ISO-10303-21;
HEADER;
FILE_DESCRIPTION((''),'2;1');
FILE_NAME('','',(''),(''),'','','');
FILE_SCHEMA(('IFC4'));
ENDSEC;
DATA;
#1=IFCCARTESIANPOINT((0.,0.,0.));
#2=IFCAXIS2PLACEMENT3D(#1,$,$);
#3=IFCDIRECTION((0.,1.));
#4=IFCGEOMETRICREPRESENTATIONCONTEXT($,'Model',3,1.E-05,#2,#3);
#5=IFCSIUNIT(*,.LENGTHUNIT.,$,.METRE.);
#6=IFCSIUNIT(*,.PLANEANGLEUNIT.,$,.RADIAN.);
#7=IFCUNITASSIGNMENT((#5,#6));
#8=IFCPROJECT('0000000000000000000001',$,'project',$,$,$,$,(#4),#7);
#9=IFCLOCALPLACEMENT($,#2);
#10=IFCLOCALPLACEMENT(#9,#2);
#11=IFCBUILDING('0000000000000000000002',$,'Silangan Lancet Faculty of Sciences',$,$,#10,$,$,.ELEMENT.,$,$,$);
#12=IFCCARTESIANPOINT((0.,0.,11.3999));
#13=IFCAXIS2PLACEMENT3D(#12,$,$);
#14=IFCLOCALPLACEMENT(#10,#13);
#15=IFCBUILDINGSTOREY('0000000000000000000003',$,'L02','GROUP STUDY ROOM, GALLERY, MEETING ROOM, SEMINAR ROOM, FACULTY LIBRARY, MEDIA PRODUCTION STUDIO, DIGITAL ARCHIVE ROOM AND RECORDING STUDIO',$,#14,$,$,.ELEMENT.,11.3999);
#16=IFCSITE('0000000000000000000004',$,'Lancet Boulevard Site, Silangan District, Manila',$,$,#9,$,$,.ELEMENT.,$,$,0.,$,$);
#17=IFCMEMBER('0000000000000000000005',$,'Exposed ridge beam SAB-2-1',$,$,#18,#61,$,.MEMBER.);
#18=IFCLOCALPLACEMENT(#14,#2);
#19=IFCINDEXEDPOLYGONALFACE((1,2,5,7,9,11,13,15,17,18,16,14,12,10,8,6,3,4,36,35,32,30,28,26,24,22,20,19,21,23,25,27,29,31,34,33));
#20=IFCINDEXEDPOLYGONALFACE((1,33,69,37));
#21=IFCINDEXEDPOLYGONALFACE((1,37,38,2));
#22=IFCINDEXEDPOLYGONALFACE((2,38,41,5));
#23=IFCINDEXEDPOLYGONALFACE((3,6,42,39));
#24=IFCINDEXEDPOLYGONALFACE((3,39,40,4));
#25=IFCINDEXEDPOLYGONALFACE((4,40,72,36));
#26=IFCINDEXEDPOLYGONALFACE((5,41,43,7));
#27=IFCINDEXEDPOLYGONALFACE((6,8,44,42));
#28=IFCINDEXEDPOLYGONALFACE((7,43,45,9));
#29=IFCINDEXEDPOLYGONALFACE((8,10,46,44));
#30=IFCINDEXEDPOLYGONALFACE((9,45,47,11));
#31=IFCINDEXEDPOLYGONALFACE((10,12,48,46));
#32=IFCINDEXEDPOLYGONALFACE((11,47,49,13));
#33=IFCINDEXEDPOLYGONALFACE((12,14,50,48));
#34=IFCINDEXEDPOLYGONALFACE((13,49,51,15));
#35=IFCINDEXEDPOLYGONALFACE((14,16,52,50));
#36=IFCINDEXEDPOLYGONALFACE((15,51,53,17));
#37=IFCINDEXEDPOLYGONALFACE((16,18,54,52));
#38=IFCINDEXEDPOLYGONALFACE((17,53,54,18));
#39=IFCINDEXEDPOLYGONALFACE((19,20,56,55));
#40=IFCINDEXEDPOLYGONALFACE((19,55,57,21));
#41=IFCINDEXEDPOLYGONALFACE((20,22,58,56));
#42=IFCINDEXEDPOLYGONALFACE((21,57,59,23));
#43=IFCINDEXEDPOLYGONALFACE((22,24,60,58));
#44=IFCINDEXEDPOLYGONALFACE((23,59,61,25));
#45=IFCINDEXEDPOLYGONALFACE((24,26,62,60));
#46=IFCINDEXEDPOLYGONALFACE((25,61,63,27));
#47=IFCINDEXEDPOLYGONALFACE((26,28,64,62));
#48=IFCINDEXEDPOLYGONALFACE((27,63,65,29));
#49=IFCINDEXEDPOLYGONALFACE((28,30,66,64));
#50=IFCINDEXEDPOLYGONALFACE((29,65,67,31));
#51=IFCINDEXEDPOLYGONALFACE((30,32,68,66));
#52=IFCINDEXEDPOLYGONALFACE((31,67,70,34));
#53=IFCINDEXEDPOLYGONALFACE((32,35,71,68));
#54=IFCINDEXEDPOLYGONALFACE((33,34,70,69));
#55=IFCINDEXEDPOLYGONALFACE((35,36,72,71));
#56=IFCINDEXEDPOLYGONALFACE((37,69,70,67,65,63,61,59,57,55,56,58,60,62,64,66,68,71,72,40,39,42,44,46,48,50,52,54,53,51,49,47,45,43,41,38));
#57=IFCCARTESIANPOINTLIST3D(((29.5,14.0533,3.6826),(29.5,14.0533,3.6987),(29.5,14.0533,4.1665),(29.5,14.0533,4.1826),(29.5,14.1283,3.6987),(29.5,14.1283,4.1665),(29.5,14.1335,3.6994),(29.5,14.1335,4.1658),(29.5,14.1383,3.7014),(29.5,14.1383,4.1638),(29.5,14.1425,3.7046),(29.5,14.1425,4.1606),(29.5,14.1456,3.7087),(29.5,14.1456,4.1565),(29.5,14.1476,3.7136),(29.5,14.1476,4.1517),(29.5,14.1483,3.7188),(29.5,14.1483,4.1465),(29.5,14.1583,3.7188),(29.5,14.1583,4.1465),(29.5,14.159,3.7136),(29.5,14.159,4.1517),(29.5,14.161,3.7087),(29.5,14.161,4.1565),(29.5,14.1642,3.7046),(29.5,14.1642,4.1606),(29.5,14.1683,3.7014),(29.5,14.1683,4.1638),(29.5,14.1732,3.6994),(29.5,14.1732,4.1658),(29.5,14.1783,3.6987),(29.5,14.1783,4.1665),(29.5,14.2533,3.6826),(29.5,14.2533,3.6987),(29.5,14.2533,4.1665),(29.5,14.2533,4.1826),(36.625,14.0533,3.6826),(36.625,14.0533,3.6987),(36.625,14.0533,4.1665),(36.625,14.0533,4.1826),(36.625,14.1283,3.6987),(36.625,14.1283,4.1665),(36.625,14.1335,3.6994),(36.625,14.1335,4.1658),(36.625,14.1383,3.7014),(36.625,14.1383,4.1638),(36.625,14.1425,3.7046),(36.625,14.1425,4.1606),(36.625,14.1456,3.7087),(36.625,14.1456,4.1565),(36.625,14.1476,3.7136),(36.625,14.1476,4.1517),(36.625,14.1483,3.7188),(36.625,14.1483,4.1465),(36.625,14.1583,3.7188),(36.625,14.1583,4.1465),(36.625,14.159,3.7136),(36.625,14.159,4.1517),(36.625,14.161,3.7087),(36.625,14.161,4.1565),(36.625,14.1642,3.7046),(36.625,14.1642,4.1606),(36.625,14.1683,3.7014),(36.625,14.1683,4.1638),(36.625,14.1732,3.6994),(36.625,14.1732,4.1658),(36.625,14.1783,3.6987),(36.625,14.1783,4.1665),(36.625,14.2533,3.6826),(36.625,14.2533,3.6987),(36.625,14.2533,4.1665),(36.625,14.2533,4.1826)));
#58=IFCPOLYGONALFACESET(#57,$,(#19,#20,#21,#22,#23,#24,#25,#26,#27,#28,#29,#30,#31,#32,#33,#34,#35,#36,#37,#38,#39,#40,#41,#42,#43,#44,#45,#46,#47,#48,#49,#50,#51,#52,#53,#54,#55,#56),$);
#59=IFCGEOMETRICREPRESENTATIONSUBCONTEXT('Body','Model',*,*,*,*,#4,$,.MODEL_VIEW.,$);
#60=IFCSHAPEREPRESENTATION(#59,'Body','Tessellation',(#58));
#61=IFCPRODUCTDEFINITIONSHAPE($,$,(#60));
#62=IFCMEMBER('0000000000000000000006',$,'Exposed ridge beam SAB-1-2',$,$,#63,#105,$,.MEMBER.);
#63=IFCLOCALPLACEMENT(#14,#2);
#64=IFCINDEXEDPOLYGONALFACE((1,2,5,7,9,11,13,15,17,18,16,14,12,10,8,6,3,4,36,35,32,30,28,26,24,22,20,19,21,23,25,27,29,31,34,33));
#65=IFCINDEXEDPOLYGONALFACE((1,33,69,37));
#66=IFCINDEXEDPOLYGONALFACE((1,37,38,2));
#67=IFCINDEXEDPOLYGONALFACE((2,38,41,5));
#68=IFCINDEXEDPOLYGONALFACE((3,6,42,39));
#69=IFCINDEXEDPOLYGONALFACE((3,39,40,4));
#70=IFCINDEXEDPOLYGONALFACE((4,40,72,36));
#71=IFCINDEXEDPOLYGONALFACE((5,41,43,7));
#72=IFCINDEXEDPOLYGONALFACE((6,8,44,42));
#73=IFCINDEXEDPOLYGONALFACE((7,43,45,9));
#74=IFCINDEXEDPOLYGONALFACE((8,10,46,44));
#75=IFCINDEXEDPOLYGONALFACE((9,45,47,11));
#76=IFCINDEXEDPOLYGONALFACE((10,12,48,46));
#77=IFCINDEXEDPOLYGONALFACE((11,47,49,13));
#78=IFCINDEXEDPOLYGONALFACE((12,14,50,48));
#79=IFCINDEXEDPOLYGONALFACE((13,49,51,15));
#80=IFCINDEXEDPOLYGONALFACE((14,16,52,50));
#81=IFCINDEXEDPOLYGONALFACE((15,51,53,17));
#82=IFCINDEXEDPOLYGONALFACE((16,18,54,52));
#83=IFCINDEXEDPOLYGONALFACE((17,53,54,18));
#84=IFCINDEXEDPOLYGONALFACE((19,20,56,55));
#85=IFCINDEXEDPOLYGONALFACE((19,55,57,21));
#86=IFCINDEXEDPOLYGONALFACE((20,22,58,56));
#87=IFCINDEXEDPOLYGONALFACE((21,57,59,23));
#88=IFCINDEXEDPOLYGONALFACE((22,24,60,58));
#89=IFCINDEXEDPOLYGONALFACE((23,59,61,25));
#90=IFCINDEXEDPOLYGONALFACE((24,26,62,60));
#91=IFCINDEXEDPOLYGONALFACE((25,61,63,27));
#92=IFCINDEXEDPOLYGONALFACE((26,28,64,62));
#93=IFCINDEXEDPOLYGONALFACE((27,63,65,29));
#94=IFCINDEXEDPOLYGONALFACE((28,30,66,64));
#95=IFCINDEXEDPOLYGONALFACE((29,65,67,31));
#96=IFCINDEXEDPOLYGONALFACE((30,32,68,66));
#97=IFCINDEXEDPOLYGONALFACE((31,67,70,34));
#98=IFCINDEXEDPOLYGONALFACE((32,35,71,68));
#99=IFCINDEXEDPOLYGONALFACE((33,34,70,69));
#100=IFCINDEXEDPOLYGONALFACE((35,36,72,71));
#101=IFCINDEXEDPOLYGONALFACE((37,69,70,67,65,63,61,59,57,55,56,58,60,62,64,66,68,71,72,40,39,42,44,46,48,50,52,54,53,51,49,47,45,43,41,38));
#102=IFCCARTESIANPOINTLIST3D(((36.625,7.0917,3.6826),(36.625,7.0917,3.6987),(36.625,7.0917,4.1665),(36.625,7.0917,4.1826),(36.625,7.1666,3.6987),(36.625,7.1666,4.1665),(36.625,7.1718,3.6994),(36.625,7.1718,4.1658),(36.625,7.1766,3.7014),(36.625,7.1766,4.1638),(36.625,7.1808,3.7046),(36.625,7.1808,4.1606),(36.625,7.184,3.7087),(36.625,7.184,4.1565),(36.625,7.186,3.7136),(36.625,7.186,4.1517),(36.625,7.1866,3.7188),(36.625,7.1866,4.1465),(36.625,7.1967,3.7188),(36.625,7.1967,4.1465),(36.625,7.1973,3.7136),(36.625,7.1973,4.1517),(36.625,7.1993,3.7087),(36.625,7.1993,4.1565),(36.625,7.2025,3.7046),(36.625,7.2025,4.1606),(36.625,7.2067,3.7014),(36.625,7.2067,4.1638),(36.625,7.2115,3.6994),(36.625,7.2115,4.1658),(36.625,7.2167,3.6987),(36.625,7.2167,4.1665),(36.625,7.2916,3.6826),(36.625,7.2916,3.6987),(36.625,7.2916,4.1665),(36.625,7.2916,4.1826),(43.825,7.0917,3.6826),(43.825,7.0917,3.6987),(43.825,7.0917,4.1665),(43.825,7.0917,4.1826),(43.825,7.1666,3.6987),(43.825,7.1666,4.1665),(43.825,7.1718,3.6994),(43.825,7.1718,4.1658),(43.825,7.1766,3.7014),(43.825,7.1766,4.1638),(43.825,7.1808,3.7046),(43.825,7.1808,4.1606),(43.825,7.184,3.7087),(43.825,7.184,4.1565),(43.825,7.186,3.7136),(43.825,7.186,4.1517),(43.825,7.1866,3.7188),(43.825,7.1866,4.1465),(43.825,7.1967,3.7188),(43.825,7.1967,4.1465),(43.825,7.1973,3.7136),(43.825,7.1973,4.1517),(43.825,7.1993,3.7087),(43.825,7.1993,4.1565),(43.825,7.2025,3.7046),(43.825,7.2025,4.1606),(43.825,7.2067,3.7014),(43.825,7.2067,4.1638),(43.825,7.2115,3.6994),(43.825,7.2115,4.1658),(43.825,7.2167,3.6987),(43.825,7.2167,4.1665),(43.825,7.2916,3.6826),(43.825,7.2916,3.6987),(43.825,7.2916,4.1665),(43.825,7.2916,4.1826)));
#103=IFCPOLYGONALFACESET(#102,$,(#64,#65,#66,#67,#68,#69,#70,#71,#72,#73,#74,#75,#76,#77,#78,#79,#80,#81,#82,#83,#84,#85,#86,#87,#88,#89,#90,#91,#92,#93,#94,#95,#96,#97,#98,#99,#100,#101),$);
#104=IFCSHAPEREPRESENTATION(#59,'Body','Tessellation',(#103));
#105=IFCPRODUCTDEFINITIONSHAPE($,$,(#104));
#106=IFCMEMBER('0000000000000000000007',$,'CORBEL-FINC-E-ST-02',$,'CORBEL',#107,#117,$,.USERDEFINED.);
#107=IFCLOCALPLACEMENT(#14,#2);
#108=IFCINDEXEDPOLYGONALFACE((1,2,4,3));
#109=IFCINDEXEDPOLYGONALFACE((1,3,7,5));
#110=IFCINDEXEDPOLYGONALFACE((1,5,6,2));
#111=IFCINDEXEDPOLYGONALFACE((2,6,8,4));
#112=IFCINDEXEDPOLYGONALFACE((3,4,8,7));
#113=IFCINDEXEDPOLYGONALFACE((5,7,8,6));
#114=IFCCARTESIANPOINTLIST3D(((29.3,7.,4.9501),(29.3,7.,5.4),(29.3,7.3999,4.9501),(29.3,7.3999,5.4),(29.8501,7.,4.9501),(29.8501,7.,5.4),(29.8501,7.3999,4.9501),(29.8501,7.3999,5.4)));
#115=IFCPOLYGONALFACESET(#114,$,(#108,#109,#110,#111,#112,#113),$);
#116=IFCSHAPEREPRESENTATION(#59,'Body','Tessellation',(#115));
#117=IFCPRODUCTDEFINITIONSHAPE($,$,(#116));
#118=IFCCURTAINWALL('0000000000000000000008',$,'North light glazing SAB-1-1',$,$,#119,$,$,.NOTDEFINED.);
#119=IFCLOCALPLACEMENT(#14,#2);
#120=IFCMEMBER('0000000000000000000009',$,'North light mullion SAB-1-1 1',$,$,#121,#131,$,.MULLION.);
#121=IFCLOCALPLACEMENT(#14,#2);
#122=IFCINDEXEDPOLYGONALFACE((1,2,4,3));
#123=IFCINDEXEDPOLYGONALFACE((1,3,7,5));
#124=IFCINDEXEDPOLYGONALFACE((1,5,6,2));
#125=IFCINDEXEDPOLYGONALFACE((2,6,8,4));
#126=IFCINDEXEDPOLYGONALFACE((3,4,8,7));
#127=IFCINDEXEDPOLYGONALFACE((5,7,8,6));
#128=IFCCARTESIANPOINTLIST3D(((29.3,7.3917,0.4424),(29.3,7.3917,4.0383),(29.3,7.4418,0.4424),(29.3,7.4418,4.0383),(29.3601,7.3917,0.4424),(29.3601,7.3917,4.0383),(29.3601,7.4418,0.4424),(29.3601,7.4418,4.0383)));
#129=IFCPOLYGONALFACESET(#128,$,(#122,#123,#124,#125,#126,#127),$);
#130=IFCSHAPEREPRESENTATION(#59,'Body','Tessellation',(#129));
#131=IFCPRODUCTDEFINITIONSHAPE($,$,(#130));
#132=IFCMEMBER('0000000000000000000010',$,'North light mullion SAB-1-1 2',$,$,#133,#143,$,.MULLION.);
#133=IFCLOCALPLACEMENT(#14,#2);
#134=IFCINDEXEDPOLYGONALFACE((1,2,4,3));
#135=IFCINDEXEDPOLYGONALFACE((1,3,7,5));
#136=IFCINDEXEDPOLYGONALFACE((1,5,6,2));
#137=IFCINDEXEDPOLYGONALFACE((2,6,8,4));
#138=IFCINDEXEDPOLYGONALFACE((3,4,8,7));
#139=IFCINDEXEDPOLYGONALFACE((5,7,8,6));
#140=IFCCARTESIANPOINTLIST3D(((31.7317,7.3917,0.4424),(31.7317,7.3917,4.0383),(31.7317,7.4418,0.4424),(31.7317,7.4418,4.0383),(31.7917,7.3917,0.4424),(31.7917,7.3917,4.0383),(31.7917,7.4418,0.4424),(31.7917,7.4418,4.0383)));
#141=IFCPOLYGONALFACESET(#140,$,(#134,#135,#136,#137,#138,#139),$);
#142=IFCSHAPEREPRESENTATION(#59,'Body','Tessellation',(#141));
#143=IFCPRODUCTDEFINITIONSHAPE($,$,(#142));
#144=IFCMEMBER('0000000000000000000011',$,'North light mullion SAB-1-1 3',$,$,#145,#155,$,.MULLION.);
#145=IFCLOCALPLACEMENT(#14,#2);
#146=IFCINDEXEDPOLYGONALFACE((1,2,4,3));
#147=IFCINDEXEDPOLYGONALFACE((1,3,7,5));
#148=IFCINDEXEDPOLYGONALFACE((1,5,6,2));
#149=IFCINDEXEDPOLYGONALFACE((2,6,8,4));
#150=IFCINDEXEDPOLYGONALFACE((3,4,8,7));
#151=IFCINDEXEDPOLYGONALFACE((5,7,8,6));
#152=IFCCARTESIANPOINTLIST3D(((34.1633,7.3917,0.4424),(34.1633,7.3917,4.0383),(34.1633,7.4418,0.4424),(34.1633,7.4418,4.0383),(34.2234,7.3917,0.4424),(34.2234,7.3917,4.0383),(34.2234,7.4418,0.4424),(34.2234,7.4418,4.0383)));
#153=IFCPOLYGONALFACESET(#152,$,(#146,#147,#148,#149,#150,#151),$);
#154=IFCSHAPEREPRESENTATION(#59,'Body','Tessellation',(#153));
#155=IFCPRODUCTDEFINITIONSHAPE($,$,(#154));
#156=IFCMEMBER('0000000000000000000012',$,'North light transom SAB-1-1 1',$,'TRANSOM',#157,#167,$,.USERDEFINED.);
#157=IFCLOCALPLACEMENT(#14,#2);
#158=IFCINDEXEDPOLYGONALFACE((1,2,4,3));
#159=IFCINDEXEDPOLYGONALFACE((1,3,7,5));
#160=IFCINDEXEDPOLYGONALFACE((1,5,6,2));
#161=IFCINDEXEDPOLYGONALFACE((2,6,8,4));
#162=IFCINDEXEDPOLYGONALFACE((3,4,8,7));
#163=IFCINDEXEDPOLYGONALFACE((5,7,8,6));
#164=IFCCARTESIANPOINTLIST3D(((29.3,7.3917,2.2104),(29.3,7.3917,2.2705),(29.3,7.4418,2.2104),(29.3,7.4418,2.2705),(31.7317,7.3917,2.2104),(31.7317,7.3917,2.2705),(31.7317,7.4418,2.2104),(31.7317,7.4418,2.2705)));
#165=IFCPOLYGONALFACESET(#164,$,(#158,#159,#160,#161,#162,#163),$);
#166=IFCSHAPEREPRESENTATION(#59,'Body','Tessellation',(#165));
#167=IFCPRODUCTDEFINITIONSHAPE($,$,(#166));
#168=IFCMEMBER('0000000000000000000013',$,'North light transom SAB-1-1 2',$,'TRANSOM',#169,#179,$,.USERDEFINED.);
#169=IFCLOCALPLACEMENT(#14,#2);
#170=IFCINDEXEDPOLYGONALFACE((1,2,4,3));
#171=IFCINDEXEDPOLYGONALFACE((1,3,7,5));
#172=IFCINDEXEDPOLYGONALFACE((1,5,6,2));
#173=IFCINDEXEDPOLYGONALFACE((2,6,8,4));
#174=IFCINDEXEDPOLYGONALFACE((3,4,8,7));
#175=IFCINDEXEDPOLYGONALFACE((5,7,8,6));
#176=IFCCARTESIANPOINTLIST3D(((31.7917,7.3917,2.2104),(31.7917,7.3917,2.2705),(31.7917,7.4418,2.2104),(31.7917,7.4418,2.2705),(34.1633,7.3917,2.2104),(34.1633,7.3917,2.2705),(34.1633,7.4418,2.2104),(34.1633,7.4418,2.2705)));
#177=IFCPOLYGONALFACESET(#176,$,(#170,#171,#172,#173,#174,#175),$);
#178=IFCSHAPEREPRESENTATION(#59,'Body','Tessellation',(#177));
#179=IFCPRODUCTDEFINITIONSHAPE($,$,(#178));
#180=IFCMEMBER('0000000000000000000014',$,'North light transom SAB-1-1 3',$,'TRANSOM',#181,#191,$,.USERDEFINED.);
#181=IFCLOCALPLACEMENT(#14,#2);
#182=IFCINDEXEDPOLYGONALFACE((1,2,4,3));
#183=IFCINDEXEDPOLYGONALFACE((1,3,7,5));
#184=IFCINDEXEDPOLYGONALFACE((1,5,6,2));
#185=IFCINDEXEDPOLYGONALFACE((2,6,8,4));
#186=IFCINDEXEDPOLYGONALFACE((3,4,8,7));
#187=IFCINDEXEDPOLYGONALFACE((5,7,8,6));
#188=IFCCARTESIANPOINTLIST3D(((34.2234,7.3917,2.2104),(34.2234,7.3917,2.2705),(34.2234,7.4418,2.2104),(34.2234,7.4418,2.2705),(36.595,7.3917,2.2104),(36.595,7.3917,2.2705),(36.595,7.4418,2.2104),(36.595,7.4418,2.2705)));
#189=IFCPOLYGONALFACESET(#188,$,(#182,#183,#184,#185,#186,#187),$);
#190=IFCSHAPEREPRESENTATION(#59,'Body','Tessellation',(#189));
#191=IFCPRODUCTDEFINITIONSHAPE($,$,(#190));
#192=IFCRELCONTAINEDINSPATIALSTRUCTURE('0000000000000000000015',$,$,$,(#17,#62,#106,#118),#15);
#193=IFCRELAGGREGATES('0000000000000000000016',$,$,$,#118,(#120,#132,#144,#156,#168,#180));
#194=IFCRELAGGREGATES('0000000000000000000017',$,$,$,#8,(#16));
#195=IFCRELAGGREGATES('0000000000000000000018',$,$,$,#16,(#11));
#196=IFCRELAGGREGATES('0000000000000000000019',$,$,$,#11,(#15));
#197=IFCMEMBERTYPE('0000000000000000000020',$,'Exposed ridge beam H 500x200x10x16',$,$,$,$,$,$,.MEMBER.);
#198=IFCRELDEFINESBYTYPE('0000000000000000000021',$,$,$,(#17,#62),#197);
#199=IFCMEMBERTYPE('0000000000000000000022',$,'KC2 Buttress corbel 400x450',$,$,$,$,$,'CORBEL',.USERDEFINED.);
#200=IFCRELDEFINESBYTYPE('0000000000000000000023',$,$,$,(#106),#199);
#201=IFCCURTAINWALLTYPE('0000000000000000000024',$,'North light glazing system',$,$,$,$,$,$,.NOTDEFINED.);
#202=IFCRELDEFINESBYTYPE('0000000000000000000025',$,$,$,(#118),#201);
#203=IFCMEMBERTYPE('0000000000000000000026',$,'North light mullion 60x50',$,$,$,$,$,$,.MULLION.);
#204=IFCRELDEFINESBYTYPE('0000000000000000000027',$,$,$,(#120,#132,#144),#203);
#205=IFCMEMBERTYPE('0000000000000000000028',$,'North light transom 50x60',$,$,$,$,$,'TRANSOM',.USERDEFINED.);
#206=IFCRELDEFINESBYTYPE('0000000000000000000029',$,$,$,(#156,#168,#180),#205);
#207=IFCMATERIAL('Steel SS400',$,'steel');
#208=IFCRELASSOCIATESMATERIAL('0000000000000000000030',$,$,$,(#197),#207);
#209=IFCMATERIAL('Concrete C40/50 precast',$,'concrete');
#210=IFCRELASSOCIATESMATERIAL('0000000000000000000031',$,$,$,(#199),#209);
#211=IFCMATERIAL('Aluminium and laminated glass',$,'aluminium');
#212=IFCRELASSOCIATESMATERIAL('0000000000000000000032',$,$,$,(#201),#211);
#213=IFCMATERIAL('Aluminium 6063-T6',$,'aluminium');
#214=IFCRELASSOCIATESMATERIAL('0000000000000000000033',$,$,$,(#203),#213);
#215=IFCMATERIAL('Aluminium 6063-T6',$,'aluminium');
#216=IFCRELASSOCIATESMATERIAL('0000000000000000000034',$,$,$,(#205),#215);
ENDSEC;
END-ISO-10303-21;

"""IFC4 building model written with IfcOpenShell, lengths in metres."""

from ifc_helpers import new_model, si_unit, direction, frame, origin, origin_2d, place, context, subcontext, project, spatial, rectangle, i_section, extrude, material, material_profile, profile_set, type_object, element, aggregate, save


model = new_model("IFC4")

# Units and contexts
model_context = context("Model", 3, precision=1e-05, world=origin(), true_north=direction((0.0, 1.0)))
body_context = subcontext(model_context, "Body", "Model", "MODEL_VIEW")
ifc_project = project(units=[si_unit("LENGTHUNIT", "METRE"), si_unit("PLANEANGLEUNIT", "RADIAN")], contexts=[model_context])

# Site, building, storey
site_placement = place(None, origin())
site = spatial("IfcSite", under=ifc_project, at=site_placement, Name="Lancet Boulevard Site, Silangan District, Manila", CompositionType="ELEMENT", RefElevation=0.0)
building_placement = place(site_placement, origin())
building = spatial("IfcBuilding", under=site, at=building_placement, Name="Silangan Lancet Faculty of Sciences", CompositionType="ELEMENT")
storey_placement = place(building_placement, frame((0.0, 0.0, 11.3999)))
storey = spatial("IfcBuildingStorey", under=building, at=storey_placement, Name="L02", Description="GROUP STUDY ROOM, GALLERY, MEETING ROOM, SEMINAR ROOM, FACULTY LIBRARY, MEDIA PRODUCTION STUDIO, DIGITAL ARCHIVE ROOM AND RECORDING STUDIO", CompositionType="ELEMENT", Elevation=11.3999)

# Members
ifc_material_1 = material(Name="Steel SS400", Category="steel")
ifc_material_profile_1 = material_profile(ifc_material_1, i_section(OverallWidth=0.2, OverallDepth=0.5, WebThickness=0.01, FlangeThickness=0.0161, FilletRadius=0.02, at=origin_2d()), Name="H 500x200x10x16")
ifc_profile_set_1 = profile_set([ifc_material_profile_1], Name="Steel SS400")
member_type_1 = type_object("IfcMemberType", Name="Exposed ridge beam H 500x200x10x16", PredefinedType="MEMBER", material=ifc_profile_set_1)
member_1_placement = place(storey_placement, frame((29.5, 14.1533, 3.9326), z_axis=(1.0, 0.0, 0.0), x_axis=(0.0, 1.0, 0.0)))
element("IfcMember", 1, at=member_1_placement, inside=storey, type_object=member_type_1, Name="Exposed ridge beam SAB-2-1", PredefinedType="MEMBER", context=body_context, shape_type="SweptSolid", body=[
    extrude(i_section(OverallWidth=0.2, OverallDepth=0.5, WebThickness=0.01, FlangeThickness=0.0161, FilletRadius=0.02, at=origin_2d()), origin(), (0.0, 0.0, 1.0), 7.125),
])
member_2_placement = place(storey_placement, frame((36.625, 7.1917, 3.9326), z_axis=(1.0, 0.0, 0.0), x_axis=(0.0, 1.0, 0.0)))
element("IfcMember", 2, at=member_2_placement, inside=storey, type_object=member_type_1, Name="Exposed ridge beam SAB-1-2", PredefinedType="MEMBER", context=body_context, shape_type="SweptSolid", body=[
    extrude(i_section(OverallWidth=0.2, OverallDepth=0.5, WebThickness=0.01, FlangeThickness=0.0161, FilletRadius=0.02, at=origin_2d()), origin(), (0.0, 0.0, 1.0), 7.2),
])
ifc_material_2 = material(Name="Concrete C40/50 precast", Category="concrete")
ifc_material_profile_2 = material_profile(ifc_material_2, rectangle(XDim=0.3999, YDim=0.45, at=origin_2d()), Name="RC 400x450")
ifc_profile_set_2 = profile_set([ifc_material_profile_2], Name="Concrete C40/50 precast")
member_type_2 = type_object("IfcMemberType", Name="KC2 Buttress corbel 400x450", ElementType="CORBEL", PredefinedType="USERDEFINED", material=ifc_profile_set_2)
member_3_placement = place(storey_placement, frame((29.3, 7.2, 5.175), z_axis=(1.0, 0.0, 0.0), x_axis=(0.0, 1.0, 0.0)))
element("IfcMember", 3, at=member_3_placement, inside=storey, type_object=member_type_2, Name="CORBEL-FINC-E-ST-02", ObjectType="CORBEL", PredefinedType="USERDEFINED", context=body_context, shape_type="SweptSolid", body=[
    extrude(rectangle(XDim=0.3999, YDim=0.45, at=origin_2d()), origin(), (0.0, 0.0, 1.0), 0.55),
])

# Curtain wall, members
ifc_material_3 = material(Name="Aluminium and laminated glass", Category="aluminium")
curtain_wall_type = type_object("IfcCurtainWallType", Name="North light glazing system", PredefinedType="NOTDEFINED", material=ifc_material_3)
curtain_wall_placement = place(storey_placement, origin())
curtain_wall = element("IfcCurtainWall", 4, at=curtain_wall_placement, inside=storey, type_object=curtain_wall_type, Name="North light glazing SAB-1-1", PredefinedType="NOTDEFINED")
ifc_material_4 = material(Name="Aluminium 6063-T6", Category="aluminium")
ifc_material_profile_3 = material_profile(ifc_material_4, rectangle(XDim=0.0601, YDim=0.05, at=origin_2d()), Name="AL 60x50")
ifc_profile_set_3 = profile_set([ifc_material_profile_3], Name="Aluminium 6063-T6")
member_type_3 = type_object("IfcMemberType", Name="North light mullion 60x50", PredefinedType="MULLION", material=ifc_profile_set_3)
member_4_placement = place(storey_placement, frame((29.3301, 7.4167, 0.4424), z_axis=(0.0, 0.0, 1.0), x_axis=(1.0, 0.0, 0.0)))
member_4 = element("IfcMember", 5, at=member_4_placement, type_object=member_type_3, Name="North light mullion SAB-1-1 1", PredefinedType="MULLION", context=body_context, shape_type="SweptSolid", body=[
    extrude(rectangle(XDim=0.0601, YDim=0.05, at=origin_2d()), origin(), (0.0, 0.0, 1.0), 3.5959),
])
member_5_placement = place(storey_placement, frame((31.7617, 7.4167, 0.4424), z_axis=(0.0, 0.0, 1.0), x_axis=(1.0, 0.0, 0.0)))
member_5 = element("IfcMember", 6, at=member_5_placement, type_object=member_type_3, Name="North light mullion SAB-1-1 2", PredefinedType="MULLION", context=body_context, shape_type="SweptSolid", body=[
    extrude(rectangle(XDim=0.0601, YDim=0.05, at=origin_2d()), origin(), (0.0, 0.0, 1.0), 3.5959),
])
member_6_placement = place(storey_placement, frame((34.1934, 7.4167, 0.4424), z_axis=(0.0, 0.0, 1.0), x_axis=(1.0, 0.0, 0.0)))
member_6 = element("IfcMember", 7, at=member_6_placement, type_object=member_type_3, Name="North light mullion SAB-1-1 3", PredefinedType="MULLION", context=body_context, shape_type="SweptSolid", body=[
    extrude(rectangle(XDim=0.0601, YDim=0.05, at=origin_2d()), origin(), (0.0, 0.0, 1.0), 3.5959),
])
ifc_material_5 = material(Name="Aluminium 6063-T6", Category="aluminium")
ifc_material_profile_4 = material_profile(ifc_material_5, rectangle(XDim=0.05, YDim=0.0601, at=origin_2d()), Name="AL 50x60")
ifc_profile_set_4 = profile_set([ifc_material_profile_4], Name="Aluminium 6063-T6")
member_type_4 = type_object("IfcMemberType", Name="North light transom 50x60", ElementType="TRANSOM", PredefinedType="USERDEFINED", material=ifc_profile_set_4)
member_7_placement = place(storey_placement, frame((29.3, 7.4167, 2.2405), z_axis=(1.0, 0.0, 0.0), x_axis=(0.0, 1.0, 0.0)))
member_7 = element("IfcMember", 8, at=member_7_placement, type_object=member_type_4, Name="North light transom SAB-1-1 1", ObjectType="TRANSOM", PredefinedType="USERDEFINED", context=body_context, shape_type="SweptSolid", body=[
    extrude(rectangle(XDim=0.05, YDim=0.0601, at=origin_2d()), origin(), (0.0, 0.0, 1.0), 2.4316),
])
member_8_placement = place(storey_placement, frame((31.7917, 7.4167, 2.2405), z_axis=(1.0, 0.0, 0.0), x_axis=(0.0, 1.0, 0.0)))
member_8 = element("IfcMember", 9, at=member_8_placement, type_object=member_type_4, Name="North light transom SAB-1-1 2", ObjectType="TRANSOM", PredefinedType="USERDEFINED", context=body_context, shape_type="SweptSolid", body=[
    extrude(rectangle(XDim=0.05, YDim=0.0601, at=origin_2d()), origin(), (0.0, 0.0, 1.0), 2.3716),
])
member_9_placement = place(storey_placement, frame((34.2234, 7.4167, 2.2405), z_axis=(1.0, 0.0, 0.0), x_axis=(0.0, 1.0, 0.0)))
member_9 = element("IfcMember", 10, at=member_9_placement, type_object=member_type_4, Name="North light transom SAB-1-1 3", ObjectType="TRANSOM", PredefinedType="USERDEFINED", context=body_context, shape_type="SweptSolid", body=[
    extrude(rectangle(XDim=0.05, YDim=0.0601, at=origin_2d()), origin(), (0.0, 0.0, 1.0), 2.3716),
])

aggregate(curtain_wall, [member_4, member_5, member_6, member_7, member_8, member_9])

save(model, "model.ifc")
